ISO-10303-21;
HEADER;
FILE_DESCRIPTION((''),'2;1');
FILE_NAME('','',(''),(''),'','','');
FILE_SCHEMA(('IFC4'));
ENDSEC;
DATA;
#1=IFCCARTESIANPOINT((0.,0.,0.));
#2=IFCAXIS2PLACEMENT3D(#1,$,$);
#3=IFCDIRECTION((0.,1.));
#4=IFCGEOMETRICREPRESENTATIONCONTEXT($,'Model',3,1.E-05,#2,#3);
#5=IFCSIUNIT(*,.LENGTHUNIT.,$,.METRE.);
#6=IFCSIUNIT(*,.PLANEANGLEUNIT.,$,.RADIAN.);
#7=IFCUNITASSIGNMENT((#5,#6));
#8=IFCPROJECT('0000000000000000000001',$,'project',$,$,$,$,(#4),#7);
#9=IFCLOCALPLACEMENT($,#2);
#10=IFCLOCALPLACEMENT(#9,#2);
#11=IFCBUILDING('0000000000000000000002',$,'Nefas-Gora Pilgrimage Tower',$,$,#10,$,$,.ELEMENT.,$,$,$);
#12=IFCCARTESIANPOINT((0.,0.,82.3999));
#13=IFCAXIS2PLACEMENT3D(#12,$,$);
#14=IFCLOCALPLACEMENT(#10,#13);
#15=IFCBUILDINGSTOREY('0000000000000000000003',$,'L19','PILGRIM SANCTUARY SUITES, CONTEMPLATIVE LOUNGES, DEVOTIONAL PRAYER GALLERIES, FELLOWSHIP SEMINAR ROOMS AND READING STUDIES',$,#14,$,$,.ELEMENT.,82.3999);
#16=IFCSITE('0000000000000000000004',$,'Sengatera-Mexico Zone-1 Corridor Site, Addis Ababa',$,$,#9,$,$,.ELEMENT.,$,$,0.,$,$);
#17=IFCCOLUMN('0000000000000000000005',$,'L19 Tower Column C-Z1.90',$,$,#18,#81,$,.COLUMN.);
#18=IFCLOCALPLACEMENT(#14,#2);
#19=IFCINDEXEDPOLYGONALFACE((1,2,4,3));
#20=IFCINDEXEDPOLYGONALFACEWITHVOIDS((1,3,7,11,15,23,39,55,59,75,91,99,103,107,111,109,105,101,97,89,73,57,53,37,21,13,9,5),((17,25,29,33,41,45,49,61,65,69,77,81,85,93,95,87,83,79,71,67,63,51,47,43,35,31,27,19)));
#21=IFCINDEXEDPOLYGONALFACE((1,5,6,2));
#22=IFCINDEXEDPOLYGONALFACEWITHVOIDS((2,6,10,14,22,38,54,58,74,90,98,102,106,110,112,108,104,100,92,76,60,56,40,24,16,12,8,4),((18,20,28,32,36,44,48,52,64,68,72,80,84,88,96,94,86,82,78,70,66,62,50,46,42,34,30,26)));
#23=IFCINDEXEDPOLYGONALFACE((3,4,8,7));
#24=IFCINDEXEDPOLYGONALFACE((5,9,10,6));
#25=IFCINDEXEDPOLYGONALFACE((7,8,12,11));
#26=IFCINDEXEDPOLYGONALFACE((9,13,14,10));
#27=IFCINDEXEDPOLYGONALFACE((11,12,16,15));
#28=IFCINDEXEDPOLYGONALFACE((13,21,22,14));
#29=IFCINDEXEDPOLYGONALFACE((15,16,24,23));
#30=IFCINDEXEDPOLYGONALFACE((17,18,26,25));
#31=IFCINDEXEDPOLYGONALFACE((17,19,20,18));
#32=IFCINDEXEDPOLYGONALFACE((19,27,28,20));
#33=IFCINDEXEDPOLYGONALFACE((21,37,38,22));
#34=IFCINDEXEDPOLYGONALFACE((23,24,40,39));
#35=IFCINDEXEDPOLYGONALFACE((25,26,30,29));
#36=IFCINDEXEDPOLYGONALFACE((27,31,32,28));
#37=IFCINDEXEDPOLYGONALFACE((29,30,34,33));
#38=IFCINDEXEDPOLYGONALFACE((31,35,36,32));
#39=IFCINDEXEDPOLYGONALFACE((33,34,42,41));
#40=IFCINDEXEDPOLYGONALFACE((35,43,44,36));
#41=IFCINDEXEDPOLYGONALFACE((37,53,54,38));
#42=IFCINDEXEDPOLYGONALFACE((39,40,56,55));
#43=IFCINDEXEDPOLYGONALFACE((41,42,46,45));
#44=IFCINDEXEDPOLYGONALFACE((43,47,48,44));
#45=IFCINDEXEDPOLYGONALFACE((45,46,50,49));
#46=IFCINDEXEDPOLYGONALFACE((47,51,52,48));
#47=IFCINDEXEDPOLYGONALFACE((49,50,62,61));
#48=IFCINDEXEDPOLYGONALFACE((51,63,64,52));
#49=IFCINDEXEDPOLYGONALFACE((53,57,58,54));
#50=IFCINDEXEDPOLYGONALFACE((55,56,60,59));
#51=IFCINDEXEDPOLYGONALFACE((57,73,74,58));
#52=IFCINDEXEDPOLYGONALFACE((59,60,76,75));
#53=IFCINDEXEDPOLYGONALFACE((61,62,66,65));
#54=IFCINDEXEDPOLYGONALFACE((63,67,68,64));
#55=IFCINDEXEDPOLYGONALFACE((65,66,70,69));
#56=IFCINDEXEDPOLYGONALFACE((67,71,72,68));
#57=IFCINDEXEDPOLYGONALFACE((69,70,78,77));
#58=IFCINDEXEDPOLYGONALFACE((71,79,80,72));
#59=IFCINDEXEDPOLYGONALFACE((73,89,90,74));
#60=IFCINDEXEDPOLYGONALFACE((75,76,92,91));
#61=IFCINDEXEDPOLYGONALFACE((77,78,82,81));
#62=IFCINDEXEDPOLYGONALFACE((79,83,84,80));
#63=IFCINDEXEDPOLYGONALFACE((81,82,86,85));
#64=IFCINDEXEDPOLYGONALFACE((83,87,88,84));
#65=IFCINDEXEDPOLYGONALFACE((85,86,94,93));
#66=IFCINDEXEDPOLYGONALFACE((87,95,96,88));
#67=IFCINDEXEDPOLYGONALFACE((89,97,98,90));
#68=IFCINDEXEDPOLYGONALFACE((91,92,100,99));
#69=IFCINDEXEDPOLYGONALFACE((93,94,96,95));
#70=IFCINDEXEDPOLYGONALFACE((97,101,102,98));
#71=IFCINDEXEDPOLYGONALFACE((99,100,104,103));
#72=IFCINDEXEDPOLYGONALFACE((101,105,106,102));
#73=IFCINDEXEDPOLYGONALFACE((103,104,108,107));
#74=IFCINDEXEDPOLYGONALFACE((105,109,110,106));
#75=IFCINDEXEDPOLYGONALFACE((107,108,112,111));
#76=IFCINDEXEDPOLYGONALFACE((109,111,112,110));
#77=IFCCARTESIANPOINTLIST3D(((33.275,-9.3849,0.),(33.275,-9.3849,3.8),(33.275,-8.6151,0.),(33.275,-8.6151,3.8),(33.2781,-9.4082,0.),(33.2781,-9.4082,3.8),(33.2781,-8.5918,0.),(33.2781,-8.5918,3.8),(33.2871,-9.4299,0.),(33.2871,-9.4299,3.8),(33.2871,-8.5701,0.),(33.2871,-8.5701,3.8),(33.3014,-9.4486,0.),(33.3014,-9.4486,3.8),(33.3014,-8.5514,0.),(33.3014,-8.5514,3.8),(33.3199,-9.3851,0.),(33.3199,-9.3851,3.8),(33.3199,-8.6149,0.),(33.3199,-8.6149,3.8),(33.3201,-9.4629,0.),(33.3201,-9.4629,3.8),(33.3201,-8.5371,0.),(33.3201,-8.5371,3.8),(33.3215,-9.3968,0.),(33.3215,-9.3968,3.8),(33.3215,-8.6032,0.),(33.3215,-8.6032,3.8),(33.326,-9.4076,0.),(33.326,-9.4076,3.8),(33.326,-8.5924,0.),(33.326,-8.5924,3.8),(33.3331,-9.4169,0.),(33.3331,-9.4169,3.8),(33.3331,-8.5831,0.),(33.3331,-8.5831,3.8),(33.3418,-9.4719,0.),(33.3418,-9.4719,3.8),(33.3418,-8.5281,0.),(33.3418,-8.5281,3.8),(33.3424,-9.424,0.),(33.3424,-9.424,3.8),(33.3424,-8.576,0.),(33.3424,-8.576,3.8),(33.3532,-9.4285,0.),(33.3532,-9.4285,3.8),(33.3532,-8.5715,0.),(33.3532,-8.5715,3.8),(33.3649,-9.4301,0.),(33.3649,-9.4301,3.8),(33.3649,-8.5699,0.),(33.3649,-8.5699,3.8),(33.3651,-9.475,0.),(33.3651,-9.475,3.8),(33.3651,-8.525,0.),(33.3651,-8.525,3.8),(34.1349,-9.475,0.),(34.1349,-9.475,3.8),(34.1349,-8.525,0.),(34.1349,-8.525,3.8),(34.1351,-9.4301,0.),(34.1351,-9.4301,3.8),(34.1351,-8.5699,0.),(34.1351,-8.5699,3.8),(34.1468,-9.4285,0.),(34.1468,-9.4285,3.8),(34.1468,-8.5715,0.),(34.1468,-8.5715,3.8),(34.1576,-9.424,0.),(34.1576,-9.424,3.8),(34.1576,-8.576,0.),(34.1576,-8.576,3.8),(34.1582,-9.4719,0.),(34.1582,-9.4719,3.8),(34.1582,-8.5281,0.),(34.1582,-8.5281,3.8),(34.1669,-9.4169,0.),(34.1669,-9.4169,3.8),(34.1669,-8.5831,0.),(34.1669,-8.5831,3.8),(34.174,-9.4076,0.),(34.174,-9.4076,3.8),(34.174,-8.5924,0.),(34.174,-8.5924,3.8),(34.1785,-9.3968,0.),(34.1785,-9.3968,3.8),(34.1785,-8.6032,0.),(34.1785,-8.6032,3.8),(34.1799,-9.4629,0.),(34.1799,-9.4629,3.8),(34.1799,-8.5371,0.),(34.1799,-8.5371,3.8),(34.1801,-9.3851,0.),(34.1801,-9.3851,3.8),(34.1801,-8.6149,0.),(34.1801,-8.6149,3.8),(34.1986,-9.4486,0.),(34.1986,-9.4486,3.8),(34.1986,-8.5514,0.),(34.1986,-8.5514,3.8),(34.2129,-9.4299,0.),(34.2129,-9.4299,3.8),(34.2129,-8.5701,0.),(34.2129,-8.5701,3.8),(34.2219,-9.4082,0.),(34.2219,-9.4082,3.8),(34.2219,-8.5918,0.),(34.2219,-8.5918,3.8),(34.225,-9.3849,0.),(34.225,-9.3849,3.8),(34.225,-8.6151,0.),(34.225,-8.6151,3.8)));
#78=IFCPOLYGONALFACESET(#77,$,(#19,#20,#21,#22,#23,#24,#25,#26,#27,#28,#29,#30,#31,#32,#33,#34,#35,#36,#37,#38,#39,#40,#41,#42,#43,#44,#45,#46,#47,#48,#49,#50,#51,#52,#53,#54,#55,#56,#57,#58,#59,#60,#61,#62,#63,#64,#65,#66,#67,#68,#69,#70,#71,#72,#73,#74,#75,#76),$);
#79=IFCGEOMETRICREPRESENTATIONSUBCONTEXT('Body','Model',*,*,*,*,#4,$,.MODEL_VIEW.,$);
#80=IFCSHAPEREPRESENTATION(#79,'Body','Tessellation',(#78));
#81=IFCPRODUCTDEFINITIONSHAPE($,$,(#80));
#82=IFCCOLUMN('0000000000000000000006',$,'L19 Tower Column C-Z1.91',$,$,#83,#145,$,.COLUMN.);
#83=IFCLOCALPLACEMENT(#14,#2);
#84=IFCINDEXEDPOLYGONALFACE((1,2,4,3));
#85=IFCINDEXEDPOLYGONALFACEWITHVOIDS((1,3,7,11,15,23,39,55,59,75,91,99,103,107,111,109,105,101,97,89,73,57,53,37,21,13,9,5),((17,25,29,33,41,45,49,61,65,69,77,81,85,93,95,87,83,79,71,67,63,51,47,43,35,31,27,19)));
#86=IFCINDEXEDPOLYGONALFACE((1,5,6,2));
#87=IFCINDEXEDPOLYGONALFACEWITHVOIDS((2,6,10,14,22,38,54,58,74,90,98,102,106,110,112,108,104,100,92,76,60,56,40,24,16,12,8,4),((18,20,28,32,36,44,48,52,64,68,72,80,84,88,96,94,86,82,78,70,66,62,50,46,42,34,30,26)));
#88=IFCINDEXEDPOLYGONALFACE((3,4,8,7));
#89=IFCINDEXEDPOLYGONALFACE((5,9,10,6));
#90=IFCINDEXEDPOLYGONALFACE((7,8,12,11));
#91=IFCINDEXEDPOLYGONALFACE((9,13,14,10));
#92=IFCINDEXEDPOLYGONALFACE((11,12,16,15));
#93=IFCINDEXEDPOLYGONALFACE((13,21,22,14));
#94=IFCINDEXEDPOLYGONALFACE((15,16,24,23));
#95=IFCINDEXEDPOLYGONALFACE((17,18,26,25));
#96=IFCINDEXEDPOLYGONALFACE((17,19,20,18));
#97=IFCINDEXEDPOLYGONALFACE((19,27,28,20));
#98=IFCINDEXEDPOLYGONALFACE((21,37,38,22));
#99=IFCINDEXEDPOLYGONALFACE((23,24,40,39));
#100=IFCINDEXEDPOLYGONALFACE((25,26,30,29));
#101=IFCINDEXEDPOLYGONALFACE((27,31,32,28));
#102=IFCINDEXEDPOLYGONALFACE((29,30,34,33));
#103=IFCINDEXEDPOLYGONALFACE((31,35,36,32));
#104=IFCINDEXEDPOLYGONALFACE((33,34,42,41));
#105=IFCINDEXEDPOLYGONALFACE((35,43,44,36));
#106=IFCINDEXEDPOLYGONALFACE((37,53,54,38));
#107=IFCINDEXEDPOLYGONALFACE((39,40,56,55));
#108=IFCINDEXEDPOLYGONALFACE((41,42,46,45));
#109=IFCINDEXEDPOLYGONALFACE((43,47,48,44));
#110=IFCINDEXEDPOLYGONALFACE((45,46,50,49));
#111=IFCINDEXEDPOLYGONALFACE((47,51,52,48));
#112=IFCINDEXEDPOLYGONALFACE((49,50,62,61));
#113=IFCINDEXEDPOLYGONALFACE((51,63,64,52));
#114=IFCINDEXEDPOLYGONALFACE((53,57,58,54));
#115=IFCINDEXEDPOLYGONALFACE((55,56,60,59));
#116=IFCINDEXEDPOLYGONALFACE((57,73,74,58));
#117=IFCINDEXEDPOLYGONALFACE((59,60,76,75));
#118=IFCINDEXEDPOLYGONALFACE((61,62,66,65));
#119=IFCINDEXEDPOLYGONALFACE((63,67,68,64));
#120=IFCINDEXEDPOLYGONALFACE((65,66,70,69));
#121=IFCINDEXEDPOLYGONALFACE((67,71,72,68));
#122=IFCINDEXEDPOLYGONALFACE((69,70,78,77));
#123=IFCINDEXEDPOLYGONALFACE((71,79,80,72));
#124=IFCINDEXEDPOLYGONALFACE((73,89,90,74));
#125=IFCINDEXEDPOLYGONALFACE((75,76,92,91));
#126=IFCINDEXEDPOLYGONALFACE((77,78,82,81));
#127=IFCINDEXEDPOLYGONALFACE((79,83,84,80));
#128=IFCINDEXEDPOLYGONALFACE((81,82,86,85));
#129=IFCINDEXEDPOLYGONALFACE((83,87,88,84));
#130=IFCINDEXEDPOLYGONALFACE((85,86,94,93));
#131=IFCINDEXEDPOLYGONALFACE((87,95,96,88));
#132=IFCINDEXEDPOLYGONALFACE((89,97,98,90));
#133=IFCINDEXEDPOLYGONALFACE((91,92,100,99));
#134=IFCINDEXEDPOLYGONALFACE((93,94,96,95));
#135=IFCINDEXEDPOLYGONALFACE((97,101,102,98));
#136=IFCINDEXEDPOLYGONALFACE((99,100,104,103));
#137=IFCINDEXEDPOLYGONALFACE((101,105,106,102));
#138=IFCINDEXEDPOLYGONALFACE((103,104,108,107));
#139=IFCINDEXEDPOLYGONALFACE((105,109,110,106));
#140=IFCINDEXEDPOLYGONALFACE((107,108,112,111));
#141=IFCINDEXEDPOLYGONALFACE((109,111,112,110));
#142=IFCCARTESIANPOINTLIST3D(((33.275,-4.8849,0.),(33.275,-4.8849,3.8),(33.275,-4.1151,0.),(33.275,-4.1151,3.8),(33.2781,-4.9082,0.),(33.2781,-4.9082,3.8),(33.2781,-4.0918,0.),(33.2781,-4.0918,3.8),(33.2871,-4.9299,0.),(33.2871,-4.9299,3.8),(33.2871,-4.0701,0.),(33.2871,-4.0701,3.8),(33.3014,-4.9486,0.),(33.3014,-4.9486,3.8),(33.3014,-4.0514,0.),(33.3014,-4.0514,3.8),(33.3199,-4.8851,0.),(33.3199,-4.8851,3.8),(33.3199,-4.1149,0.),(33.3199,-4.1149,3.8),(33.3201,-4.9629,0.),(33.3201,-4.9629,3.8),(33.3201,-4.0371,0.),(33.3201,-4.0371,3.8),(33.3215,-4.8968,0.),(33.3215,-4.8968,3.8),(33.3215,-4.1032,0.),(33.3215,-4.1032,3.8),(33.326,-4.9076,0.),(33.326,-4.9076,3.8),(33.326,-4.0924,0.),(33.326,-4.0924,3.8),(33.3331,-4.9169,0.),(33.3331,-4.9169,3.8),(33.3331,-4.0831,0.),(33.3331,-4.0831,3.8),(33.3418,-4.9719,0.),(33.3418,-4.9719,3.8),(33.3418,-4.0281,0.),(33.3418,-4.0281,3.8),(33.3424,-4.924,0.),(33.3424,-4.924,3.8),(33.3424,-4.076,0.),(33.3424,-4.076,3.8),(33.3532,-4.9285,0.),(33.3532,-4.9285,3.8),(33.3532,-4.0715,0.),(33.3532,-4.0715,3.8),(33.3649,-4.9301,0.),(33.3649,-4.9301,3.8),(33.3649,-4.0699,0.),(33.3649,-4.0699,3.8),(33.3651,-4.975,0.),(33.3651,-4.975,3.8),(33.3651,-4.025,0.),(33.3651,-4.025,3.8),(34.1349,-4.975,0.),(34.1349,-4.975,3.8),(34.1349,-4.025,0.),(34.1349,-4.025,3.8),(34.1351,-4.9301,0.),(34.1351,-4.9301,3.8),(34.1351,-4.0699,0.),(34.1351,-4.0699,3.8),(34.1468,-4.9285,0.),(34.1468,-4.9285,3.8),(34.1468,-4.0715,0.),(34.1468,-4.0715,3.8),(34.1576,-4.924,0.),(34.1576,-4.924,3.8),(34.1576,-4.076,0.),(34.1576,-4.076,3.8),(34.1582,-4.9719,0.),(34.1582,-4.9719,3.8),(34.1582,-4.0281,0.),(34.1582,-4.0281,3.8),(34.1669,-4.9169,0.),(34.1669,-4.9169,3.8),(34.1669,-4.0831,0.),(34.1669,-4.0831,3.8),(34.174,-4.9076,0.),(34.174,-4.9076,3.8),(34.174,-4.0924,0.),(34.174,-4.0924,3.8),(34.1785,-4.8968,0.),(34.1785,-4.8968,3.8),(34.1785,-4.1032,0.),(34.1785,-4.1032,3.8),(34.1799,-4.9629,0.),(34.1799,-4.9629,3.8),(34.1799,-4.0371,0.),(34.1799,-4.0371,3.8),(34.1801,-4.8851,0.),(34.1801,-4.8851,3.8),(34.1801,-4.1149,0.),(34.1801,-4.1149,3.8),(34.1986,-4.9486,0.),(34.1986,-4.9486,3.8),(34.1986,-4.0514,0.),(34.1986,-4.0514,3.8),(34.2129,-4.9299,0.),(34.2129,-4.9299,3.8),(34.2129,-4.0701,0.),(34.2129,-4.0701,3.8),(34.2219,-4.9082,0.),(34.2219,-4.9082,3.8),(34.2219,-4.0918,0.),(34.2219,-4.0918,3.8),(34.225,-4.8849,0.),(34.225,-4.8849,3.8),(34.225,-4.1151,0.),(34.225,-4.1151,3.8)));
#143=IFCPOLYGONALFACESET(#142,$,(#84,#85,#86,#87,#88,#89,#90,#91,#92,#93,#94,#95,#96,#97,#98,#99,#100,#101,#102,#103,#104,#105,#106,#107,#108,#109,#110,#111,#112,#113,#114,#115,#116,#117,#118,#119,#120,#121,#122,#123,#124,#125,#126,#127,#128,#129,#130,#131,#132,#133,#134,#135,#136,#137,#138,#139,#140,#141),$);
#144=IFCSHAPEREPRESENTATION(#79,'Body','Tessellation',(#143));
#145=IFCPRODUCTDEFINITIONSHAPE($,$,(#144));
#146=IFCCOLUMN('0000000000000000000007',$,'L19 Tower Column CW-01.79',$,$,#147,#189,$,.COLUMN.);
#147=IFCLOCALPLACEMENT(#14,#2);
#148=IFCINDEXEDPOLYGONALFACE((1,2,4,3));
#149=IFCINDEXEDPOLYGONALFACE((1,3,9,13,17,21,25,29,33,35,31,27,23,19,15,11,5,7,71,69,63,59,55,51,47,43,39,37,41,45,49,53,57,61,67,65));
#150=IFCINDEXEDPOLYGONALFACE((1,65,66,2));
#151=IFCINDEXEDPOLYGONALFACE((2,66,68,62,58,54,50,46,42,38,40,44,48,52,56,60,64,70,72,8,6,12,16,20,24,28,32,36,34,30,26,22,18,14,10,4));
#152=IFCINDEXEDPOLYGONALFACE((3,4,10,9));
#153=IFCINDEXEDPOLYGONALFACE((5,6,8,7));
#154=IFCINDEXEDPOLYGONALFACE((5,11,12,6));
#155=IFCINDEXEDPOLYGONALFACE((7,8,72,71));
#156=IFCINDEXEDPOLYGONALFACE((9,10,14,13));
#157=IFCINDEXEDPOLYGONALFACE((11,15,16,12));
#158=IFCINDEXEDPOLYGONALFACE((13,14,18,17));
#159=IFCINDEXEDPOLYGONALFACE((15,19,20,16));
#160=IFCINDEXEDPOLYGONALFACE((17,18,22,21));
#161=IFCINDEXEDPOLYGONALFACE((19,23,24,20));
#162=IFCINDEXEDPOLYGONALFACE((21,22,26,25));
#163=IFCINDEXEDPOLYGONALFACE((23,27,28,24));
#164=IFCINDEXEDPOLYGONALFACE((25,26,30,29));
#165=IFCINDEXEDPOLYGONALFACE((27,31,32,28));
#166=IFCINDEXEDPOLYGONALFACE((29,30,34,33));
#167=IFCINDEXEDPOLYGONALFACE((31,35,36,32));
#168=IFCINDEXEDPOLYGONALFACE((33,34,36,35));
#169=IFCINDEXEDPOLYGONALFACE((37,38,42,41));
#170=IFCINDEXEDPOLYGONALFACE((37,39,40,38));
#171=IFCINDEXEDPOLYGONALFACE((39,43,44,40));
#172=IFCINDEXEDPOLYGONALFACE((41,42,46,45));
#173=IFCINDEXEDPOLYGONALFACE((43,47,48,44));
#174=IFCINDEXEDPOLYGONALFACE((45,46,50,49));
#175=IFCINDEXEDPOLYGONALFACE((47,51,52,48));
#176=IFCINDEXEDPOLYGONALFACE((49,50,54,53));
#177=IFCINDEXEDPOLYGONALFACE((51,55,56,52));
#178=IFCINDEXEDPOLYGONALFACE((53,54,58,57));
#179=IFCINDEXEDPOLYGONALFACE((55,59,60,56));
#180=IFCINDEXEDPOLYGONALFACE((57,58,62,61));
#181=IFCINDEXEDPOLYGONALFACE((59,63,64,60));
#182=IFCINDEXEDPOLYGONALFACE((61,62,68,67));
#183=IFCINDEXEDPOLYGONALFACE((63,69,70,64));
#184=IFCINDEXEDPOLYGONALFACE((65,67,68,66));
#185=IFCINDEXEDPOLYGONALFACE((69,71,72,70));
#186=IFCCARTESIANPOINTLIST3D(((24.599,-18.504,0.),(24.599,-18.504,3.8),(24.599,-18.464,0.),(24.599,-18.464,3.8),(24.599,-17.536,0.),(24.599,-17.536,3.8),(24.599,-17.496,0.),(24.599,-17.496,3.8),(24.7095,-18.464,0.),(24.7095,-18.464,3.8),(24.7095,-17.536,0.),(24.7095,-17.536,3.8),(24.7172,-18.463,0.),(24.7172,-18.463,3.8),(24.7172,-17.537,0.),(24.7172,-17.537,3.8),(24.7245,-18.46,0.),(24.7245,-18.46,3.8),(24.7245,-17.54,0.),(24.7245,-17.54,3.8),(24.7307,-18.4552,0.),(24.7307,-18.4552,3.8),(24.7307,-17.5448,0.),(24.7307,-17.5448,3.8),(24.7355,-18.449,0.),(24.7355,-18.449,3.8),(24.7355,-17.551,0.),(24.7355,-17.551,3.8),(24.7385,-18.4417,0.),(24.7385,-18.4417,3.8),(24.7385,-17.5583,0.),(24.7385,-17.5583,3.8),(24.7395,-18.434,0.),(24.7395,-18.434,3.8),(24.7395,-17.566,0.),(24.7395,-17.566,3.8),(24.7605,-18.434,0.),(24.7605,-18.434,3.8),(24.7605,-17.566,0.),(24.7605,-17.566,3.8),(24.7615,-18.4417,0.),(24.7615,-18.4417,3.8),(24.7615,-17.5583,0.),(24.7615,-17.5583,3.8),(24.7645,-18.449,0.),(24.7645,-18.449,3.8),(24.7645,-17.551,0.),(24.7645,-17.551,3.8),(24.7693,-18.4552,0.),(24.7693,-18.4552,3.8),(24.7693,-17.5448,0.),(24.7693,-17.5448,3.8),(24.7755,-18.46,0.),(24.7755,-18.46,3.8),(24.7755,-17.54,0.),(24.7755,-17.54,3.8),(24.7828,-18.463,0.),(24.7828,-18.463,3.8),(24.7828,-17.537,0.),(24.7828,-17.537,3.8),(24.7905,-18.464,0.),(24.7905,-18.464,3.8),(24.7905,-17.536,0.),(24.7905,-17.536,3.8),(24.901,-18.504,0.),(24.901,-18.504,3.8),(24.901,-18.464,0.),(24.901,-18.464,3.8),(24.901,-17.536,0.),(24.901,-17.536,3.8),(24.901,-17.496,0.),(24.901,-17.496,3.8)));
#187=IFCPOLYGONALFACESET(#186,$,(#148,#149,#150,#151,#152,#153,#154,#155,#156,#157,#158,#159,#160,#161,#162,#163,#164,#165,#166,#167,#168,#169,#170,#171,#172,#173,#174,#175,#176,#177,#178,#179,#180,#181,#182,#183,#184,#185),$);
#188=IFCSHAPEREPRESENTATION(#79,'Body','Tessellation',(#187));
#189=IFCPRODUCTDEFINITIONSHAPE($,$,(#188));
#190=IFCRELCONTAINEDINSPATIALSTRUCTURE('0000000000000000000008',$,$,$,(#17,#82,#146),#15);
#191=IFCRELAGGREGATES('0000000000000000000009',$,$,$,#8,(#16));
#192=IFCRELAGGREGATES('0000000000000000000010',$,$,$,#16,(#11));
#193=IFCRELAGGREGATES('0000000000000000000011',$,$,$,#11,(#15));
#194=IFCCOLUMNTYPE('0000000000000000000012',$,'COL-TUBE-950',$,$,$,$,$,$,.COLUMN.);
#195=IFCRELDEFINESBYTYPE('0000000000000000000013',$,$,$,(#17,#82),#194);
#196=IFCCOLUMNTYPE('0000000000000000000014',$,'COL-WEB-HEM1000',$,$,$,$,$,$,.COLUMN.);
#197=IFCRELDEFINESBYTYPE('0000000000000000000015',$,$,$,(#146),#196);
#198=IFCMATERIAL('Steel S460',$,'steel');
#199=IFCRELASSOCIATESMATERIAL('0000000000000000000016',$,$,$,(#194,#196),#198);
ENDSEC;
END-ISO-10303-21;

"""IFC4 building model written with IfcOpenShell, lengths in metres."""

from ifc_helpers import new_model, si_unit, direction, frame, origin, origin_2d, place, context, subcontext, project, spatial, hollow_rectangle, i_section, extrude, source, transform, mapped, material, material_profile, profile_set, type_object, element, save


model = new_model("IFC4")

# Units and contexts
model_context = context("Model", 3, precision=1e-05, world=origin(), true_north=direction((0.0, 1.0)))
body_context = subcontext(model_context, "Body", "Model", "MODEL_VIEW")
ifc_project = project(units=[si_unit("LENGTHUNIT", "METRE"), si_unit("PLANEANGLEUNIT", "RADIAN")], contexts=[model_context])

# Site, building, storey
site_placement = place(None, origin())
site = spatial("IfcSite", under=ifc_project, at=site_placement, Name="Sengatera-Mexico Zone-1 Corridor Site, Addis Ababa", CompositionType="ELEMENT", RefElevation=0.0)
building_placement = place(site_placement, origin())
building = spatial("IfcBuilding", under=site, at=building_placement, Name="Nefas-Gora Pilgrimage Tower", CompositionType="ELEMENT")
storey_placement = place(building_placement, frame((0.0, 0.0, 82.3999)))
storey = spatial("IfcBuildingStorey", under=building, at=storey_placement, Name="L19", Description="PILGRIM SANCTUARY SUITES, CONTEMPLATIVE LOUNGES, DEVOTIONAL PRAYER GALLERIES, FELLOWSHIP SEMINAR ROOMS AND READING STUDIES", CompositionType="ELEMENT", Elevation=82.3999)

# Columns
ifc_material_1 = material(Name="Steel S460", Category="steel")
ifc_material_profile_1 = material_profile(ifc_material_1, hollow_rectangle(XDim=0.95, YDim=0.95, WallThickness=0.0449, InnerFilletRadius=0.0449, OuterFilletRadius=0.0901, at=origin_2d()), Name="BOX 950x950x45")
ifc_profile_set_1 = profile_set([ifc_material_profile_1], Name="Steel S460")
column_type_1 = type_object("IfcColumnType", Name="COL-TUBE-950", PredefinedType="COLUMN", material=ifc_profile_set_1)
shared_shape_1 = source(origin(), body_context, "Body", "SweptSolid", [
    extrude(hollow_rectangle(XDim=0.95, YDim=0.95, WallThickness=0.0449, InnerFilletRadius=0.0449, OuterFilletRadius=0.0901, at=origin_2d()), origin(), (0.0, 0.0, 1.0), 3.8),
])
for number, where, z_axis, x_axis, name in (
    (1, (33.75, -9.0, 0.0), (0.0, 0.0, 1.0), (1.0, 0.0, 0.0), "L19 Tower Column C-Z1.90"),
    (2, (33.75, -4.5, 0.0), (0.0, 0.0, 1.0), (1.0, 0.0, 0.0), "L19 Tower Column C-Z1.91"),
):
    element("IfcColumn", number, at=place(storey_placement, frame(where, z_axis=z_axis, x_axis=x_axis)), inside=storey, type_object=column_type_1, Name=name, PredefinedType="COLUMN", context=body_context, shape_type="MappedRepresentation", body=[
        mapped(shared_shape_1, transform((0.0, 0.0, 0.0), x_axis=(1.0, 0.0, 0.0), y_axis=(0.0, 1.0, 0.0), z_axis=(0.0, 0.0, 1.0), scale=1.0)),
    ])
ifc_material_profile_2 = material_profile(ifc_material_1, i_section(OverallWidth=0.302, OverallDepth=1.0081, WebThickness=0.021, FlangeThickness=0.04, FilletRadius=0.03, at=origin_2d()), Name="HEM 1000")
ifc_profile_set_2 = profile_set([ifc_material_profile_2], Name="Steel S460")
column_type_2 = type_object("IfcColumnType", Name="COL-WEB-HEM1000", PredefinedType="COLUMN", material=ifc_profile_set_2)
shared_shape_2 = source(origin(), body_context, "Body", "SweptSolid", [
    extrude(i_section(OverallWidth=0.302, OverallDepth=1.0081, WebThickness=0.021, FlangeThickness=0.04, FilletRadius=0.03, at=origin_2d()), origin(), (0.0, 0.0, 1.0), 3.8),
])
for number, where, z_axis, x_axis, name in (
    (3, (24.75, -18.0, 0.0), (0.0, 0.0, 1.0), (1.0, 0.0, 0.0), "L19 Tower Column CW-01.79"),
):
    element("IfcColumn", number, at=place(storey_placement, frame(where, z_axis=z_axis, x_axis=x_axis)), inside=storey, type_object=column_type_2, Name=name, PredefinedType="COLUMN", context=body_context, shape_type="MappedRepresentation", body=[
        mapped(shared_shape_2, transform((0.0, 0.0, 0.0), x_axis=(1.0, 0.0, 0.0), y_axis=(0.0, 1.0, 0.0), z_axis=(0.0, 0.0, 1.0), scale=1.0)),
    ])

save(model, "model.ifc")
